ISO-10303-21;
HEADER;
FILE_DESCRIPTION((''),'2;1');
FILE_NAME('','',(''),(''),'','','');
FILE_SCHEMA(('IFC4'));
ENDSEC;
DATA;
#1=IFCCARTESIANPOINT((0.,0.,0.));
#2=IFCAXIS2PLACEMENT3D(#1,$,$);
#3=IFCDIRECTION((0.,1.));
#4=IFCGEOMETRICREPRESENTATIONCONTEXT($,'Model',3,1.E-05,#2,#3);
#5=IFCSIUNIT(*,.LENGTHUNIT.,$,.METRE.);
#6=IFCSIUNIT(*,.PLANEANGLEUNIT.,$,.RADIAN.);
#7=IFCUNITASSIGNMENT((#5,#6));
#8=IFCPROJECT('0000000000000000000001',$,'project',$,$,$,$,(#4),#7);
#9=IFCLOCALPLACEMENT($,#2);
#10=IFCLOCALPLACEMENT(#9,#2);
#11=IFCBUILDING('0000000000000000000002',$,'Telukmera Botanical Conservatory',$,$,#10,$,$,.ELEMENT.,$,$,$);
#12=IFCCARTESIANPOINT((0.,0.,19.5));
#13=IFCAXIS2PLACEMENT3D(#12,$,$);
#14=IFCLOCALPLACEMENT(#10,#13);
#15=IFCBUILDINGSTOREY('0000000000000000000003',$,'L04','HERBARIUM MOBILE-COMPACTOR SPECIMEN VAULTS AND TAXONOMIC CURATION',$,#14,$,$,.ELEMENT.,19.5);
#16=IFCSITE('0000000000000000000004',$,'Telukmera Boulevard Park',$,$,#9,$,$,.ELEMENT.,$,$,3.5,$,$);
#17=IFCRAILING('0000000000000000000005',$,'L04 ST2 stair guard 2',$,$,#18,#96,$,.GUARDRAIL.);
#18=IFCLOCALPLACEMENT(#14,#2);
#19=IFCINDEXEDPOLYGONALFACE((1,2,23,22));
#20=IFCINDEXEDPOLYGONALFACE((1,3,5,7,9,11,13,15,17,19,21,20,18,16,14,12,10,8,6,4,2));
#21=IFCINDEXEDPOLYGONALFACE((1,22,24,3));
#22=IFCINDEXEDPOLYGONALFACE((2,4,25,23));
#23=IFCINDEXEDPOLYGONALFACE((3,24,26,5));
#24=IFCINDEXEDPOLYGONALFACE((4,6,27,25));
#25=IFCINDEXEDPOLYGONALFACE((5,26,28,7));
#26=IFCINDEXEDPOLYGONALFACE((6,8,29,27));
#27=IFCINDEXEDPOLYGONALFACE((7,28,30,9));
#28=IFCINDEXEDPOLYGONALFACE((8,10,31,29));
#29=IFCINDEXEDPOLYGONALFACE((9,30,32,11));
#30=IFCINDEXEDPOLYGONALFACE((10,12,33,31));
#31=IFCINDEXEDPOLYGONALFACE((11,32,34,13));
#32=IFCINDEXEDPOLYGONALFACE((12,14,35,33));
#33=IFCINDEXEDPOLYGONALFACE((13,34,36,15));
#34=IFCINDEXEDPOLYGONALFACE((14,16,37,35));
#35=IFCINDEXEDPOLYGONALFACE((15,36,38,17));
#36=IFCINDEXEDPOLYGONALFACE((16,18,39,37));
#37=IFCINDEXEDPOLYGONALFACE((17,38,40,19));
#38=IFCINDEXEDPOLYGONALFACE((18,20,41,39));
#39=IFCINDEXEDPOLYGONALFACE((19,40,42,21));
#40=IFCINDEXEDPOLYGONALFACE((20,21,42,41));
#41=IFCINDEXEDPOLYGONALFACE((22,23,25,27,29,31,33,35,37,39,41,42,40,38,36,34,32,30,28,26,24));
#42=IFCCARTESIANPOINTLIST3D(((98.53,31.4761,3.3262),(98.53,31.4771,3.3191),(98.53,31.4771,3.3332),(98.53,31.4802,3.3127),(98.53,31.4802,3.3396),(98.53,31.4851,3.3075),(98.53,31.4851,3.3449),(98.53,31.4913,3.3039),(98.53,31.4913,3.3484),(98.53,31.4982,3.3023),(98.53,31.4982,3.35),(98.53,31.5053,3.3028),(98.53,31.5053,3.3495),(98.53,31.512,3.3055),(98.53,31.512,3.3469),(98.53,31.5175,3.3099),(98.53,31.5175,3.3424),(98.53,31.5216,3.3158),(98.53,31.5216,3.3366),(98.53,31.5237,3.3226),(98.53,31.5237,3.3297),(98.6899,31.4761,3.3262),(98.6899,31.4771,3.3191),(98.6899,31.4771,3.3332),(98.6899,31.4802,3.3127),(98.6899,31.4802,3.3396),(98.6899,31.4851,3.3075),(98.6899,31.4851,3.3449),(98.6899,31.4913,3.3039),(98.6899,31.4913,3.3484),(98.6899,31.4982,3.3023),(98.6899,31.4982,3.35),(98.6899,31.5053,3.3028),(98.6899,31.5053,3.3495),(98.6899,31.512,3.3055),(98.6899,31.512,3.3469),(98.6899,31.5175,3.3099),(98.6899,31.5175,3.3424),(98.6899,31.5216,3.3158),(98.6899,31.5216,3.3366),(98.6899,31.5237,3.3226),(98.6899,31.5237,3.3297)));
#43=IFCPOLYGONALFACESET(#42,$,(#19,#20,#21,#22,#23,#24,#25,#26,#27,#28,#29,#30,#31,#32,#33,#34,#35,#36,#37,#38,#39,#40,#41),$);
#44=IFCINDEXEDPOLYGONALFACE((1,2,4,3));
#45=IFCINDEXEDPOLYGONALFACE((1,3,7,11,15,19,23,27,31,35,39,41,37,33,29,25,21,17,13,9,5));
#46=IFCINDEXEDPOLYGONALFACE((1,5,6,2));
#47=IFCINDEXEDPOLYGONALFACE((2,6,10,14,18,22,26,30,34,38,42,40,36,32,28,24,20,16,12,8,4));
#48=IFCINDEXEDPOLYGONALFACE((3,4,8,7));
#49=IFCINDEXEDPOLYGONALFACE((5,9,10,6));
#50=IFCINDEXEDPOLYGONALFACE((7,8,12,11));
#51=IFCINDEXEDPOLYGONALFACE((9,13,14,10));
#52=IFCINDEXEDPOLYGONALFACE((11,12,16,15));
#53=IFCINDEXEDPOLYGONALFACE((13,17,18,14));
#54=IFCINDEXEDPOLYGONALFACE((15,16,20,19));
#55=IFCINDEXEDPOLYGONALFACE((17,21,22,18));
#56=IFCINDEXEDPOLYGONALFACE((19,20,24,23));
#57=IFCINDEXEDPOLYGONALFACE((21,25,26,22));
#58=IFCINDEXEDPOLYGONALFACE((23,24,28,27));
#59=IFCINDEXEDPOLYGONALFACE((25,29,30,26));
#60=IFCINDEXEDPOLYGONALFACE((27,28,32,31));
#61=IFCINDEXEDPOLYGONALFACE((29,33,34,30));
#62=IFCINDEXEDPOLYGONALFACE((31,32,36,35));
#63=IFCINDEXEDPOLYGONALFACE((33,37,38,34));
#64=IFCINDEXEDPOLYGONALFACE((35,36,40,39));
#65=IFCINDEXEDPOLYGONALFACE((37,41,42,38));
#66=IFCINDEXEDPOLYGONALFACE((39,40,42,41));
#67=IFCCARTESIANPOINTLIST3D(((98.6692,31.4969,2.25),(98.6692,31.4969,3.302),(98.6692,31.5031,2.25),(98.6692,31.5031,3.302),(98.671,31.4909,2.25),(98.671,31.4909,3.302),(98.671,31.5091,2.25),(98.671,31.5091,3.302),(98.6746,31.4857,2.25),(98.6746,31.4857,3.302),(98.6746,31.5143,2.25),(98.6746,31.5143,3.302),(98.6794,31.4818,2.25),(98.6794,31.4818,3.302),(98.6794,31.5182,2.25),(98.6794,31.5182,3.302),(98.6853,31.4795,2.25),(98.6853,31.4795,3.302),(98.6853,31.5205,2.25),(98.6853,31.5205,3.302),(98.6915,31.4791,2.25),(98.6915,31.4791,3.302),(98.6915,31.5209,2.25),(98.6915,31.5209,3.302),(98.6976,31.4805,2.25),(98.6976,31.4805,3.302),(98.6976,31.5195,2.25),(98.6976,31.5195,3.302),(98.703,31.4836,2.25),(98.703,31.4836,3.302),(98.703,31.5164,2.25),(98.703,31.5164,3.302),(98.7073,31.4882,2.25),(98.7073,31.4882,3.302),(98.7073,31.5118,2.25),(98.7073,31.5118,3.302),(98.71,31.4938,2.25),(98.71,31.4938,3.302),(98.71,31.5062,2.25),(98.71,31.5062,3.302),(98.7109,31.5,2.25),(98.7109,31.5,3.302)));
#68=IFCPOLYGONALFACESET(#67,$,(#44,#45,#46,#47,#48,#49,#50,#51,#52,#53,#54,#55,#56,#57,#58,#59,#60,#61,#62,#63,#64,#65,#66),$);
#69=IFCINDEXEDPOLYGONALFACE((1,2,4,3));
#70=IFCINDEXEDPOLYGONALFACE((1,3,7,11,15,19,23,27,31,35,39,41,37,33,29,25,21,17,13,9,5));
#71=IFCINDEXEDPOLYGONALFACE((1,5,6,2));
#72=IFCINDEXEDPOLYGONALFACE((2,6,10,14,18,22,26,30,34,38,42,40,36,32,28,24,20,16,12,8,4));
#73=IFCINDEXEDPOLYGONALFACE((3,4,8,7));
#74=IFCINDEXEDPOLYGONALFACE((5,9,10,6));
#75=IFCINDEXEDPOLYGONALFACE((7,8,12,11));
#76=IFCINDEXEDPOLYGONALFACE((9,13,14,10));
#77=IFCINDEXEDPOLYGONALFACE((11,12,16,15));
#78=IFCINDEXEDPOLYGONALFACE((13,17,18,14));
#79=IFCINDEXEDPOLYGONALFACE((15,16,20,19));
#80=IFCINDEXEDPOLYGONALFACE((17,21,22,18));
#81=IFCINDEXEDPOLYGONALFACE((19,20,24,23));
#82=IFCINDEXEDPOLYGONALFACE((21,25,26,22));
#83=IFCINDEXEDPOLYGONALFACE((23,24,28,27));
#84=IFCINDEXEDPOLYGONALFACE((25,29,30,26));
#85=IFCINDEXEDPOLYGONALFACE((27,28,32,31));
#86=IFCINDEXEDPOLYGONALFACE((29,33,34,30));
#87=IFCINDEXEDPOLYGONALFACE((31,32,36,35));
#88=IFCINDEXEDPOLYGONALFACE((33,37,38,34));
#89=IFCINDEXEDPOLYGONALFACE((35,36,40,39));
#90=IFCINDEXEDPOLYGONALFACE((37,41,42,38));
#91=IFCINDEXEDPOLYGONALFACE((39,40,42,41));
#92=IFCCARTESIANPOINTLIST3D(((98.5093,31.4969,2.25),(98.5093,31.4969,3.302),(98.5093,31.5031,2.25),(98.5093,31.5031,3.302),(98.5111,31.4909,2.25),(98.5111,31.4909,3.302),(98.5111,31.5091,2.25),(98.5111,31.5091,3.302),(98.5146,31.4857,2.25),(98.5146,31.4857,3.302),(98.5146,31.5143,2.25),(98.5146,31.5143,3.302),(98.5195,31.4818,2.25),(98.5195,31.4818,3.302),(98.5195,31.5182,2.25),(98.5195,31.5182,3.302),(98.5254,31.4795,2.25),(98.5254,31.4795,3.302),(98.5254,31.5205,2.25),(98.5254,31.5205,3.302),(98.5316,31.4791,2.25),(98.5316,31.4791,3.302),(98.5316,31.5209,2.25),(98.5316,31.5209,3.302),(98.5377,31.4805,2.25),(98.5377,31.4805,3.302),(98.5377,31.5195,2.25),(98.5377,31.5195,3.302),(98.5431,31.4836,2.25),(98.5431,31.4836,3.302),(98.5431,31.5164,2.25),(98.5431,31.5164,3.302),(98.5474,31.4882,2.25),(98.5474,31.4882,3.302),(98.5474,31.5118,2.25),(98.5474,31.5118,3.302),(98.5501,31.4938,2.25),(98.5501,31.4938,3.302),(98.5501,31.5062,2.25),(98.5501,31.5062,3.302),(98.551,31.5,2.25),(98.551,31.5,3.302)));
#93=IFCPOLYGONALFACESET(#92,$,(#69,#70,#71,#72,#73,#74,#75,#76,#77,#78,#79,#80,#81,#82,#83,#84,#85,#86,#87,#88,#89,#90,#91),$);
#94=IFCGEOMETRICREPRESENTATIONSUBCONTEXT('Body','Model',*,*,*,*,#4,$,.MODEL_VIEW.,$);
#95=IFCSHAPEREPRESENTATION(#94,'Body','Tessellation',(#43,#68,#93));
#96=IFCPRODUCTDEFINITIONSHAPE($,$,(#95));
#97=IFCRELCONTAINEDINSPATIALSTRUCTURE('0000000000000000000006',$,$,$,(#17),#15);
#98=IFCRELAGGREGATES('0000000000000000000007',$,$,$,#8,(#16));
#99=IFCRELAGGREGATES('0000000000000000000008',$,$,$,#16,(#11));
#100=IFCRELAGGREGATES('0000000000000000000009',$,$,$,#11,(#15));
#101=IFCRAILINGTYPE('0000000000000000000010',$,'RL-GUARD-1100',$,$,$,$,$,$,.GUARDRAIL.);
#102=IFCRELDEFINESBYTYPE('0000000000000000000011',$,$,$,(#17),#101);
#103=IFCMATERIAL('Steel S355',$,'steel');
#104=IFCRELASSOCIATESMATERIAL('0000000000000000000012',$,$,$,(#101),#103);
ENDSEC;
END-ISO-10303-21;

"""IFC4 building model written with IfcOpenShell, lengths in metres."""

from ifc_helpers import new_model, si_unit, direction, frame, origin, origin_2d, place, context, subcontext, project, spatial, circle, extrude, material, type_object, element, save


model = new_model("IFC4")

# Units and contexts
model_context = context("Model", 3, precision=1e-05, world=origin(), true_north=direction((0.0, 1.0)))
body_context = subcontext(model_context, "Body", "Model", "MODEL_VIEW")
ifc_project = project(units=[si_unit("LENGTHUNIT", "METRE"), si_unit("PLANEANGLEUNIT", "RADIAN")], contexts=[model_context])

# Site, building, storey
site_placement = place(None, origin())
site = spatial("IfcSite", under=ifc_project, at=site_placement, Name="Telukmera Boulevard Park", CompositionType="ELEMENT", RefElevation=3.5)
building_placement = place(site_placement, origin())
building = spatial("IfcBuilding", under=site, at=building_placement, Name="Telukmera Botanical Conservatory", CompositionType="ELEMENT")
storey_placement = place(building_placement, frame((0.0, 0.0, 19.5)))
storey = spatial("IfcBuildingStorey", under=building, at=storey_placement, Name="L04", Description="HERBARIUM MOBILE-COMPACTOR SPECIMEN VAULTS AND TAXONOMIC CURATION", CompositionType="ELEMENT", Elevation=19.5)

# Railing
ifc_material_1 = material(Name="Steel S355", Category="steel")
railing_type_1 = type_object("IfcRailingType", Name="RL-GUARD-1100", PredefinedType="GUARDRAIL", material=ifc_material_1)
railing_1_placement = place(storey_placement, frame((98.6899, 31.5, 2.25)))
element("IfcRailing", 1, at=railing_1_placement, inside=storey, type_object=railing_type_1, Name="L04 ST2 stair guard 2", PredefinedType="GUARDRAIL", context=body_context, shape_type="SweptSolid", body=[
    extrude(circle(Radius=0.0239, at=origin_2d()), frame((0.0, 0.0, 1.0762), z_axis=(-1.0, 0.0, 0.0), x_axis=(0.0, -1.0, 0.0)), (0.0, 0.0, 1.0), 0.1599),
    extrude(circle(Radius=0.021, at=origin_2d()), origin(), (0.0, 0.0, 1.0), 1.052),
    extrude(circle(Radius=0.021, at=origin_2d()), frame((-0.1599, 0.0, 0.0)), (0.0, 0.0, 1.0), 1.052),
])

save(model, "model.ifc")
